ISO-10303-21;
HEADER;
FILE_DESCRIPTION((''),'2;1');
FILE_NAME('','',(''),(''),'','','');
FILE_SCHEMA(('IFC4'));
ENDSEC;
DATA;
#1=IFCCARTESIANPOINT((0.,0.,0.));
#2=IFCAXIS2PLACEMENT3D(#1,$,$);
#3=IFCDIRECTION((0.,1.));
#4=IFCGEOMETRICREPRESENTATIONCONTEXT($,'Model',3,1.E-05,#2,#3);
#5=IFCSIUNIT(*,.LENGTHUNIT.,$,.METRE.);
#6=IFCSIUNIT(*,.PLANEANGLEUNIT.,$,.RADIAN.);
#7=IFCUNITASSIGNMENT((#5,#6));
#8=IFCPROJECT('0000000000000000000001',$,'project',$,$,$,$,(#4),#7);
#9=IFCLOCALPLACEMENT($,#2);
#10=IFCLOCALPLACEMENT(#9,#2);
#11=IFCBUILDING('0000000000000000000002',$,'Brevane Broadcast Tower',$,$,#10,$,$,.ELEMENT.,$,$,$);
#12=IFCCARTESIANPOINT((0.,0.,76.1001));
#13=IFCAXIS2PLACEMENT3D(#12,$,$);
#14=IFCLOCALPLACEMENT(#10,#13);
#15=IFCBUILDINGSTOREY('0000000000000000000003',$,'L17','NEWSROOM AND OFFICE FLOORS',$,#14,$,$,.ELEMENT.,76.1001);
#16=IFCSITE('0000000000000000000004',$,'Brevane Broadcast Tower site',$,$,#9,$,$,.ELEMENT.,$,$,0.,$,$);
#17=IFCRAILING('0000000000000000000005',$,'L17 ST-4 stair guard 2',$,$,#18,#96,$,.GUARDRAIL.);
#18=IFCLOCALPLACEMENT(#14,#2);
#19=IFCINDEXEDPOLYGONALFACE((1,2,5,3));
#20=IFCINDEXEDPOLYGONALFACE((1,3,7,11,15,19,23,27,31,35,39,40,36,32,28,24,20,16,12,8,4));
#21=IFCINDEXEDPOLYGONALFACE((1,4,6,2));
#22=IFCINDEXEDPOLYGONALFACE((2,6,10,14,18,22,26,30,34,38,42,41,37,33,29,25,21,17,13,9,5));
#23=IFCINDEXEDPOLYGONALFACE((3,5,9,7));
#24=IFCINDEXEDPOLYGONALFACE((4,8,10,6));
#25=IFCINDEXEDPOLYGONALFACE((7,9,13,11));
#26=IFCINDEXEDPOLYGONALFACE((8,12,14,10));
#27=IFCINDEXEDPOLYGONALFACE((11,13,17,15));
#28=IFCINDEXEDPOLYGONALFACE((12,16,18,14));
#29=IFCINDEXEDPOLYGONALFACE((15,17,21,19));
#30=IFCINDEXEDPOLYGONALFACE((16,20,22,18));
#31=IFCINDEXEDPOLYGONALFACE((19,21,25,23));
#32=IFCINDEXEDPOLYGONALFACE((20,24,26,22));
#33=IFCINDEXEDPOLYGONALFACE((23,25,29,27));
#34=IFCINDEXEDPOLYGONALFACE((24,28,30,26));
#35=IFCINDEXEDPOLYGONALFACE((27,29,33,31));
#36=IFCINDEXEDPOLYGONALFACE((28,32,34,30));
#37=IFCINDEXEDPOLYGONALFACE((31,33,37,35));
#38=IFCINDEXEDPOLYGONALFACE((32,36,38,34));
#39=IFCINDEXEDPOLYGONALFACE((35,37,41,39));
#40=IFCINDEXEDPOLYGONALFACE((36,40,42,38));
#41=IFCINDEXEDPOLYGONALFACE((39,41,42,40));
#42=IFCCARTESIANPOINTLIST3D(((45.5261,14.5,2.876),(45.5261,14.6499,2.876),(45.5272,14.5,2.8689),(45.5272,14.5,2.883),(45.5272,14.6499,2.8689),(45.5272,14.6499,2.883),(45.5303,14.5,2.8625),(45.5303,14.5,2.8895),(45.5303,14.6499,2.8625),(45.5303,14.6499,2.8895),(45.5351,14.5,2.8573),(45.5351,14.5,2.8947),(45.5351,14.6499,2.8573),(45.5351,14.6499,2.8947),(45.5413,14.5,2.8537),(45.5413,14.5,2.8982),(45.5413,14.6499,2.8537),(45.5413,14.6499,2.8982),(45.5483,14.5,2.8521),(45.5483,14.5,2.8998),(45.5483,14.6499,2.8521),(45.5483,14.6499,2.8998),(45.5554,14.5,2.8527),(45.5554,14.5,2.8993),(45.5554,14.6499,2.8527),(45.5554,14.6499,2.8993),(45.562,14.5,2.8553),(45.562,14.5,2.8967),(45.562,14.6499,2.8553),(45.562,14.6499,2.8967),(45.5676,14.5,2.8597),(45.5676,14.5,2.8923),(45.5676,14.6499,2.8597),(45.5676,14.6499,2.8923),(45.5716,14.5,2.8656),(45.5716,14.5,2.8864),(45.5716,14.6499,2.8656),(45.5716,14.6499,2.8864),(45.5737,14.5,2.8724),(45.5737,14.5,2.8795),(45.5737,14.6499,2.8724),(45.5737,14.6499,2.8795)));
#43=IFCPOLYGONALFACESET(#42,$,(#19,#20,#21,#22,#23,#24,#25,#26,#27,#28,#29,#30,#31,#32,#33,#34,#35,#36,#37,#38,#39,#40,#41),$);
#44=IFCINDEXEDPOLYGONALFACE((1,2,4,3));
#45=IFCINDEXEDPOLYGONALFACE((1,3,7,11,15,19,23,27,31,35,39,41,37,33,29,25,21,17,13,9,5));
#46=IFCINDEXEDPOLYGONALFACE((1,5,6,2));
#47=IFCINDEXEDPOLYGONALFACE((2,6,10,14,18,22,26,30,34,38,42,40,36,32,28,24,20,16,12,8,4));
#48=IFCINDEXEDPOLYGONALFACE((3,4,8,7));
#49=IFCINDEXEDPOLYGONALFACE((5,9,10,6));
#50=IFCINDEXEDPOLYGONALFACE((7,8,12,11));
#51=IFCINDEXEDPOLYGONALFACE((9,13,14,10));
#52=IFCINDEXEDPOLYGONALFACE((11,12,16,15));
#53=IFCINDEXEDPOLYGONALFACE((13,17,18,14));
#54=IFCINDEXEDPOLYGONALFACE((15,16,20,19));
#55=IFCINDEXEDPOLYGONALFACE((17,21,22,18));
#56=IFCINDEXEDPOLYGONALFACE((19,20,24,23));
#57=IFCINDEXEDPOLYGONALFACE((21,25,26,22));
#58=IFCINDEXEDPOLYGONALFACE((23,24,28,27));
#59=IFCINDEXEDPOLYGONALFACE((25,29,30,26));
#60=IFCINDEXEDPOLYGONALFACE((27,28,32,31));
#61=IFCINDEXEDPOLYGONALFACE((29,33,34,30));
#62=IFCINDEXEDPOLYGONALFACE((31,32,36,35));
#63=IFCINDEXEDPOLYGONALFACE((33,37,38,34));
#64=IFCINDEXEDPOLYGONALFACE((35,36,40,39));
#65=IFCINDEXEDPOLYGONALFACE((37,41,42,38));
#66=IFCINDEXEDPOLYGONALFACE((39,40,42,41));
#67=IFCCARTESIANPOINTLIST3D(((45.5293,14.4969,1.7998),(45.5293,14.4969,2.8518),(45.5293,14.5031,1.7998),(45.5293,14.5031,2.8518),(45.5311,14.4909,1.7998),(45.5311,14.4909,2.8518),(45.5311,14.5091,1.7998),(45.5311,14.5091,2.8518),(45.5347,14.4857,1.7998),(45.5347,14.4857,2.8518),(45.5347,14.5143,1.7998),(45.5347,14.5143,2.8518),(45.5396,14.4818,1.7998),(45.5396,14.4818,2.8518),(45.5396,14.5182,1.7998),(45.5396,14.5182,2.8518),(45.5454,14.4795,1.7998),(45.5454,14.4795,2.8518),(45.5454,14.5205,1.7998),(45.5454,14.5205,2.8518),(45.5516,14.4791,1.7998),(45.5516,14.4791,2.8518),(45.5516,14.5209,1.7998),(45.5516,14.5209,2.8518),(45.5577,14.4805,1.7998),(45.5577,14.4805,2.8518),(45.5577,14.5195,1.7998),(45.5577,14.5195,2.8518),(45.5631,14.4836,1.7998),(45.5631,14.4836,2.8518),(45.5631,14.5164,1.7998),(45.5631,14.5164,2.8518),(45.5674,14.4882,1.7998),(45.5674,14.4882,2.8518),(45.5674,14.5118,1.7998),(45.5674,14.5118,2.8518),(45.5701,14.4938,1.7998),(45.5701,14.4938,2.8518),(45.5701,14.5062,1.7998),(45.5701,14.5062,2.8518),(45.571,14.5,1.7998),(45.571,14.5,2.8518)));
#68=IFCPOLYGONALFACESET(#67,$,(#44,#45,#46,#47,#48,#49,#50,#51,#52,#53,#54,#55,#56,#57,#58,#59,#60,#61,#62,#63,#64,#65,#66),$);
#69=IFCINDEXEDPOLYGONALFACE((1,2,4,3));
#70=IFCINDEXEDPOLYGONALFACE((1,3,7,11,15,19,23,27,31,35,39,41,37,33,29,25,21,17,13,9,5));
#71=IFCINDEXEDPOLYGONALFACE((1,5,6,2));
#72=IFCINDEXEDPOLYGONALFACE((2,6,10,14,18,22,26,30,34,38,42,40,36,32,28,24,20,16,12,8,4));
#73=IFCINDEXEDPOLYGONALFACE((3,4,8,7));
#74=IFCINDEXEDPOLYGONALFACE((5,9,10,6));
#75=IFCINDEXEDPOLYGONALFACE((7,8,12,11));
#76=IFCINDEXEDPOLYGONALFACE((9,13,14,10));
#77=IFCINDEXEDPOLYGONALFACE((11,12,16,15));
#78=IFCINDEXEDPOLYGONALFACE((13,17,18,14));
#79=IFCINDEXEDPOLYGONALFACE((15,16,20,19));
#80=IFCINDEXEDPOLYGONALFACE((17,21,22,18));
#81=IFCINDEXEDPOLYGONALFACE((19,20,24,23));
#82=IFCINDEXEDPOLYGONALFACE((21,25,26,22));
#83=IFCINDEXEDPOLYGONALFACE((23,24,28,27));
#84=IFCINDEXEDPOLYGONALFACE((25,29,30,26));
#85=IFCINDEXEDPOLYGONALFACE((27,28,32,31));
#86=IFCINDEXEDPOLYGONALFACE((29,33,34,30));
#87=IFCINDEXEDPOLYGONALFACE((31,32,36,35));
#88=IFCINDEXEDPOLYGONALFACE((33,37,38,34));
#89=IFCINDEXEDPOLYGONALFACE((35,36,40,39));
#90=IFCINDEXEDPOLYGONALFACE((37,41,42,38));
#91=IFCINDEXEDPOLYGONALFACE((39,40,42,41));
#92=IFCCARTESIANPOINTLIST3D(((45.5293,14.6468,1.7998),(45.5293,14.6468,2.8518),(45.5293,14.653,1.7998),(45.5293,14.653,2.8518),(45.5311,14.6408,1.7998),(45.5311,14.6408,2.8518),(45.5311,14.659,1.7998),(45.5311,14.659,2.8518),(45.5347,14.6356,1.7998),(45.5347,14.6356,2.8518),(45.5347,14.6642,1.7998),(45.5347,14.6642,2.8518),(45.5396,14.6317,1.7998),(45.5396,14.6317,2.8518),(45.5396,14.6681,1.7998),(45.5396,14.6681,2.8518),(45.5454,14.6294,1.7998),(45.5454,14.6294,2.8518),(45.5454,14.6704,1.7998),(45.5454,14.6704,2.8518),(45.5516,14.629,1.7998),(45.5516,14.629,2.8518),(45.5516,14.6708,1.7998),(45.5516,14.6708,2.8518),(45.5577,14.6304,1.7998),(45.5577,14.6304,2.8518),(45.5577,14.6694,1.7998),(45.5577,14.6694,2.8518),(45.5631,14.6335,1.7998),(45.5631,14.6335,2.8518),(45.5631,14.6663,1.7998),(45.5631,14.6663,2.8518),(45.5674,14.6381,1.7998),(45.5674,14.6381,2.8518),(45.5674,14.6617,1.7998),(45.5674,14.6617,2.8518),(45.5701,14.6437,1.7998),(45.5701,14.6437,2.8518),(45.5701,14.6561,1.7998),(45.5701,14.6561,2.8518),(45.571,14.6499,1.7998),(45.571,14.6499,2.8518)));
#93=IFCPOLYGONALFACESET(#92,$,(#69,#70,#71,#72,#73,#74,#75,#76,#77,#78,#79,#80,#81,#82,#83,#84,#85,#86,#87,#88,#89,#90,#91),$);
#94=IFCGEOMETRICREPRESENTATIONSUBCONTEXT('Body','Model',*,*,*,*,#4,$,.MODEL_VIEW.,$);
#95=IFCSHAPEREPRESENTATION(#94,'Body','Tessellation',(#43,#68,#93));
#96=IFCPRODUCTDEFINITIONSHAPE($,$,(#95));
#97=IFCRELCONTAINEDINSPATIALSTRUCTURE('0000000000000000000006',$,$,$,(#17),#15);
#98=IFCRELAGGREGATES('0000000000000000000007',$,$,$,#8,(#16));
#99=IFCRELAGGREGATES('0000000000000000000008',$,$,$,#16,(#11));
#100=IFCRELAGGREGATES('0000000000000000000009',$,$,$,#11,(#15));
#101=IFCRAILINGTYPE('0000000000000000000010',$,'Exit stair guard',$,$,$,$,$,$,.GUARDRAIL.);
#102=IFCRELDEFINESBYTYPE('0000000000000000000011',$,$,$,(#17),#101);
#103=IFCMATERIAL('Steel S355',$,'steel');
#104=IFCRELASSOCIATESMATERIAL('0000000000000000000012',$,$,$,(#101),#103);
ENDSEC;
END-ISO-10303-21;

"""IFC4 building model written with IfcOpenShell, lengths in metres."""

from ifc_helpers import new_model, si_unit, direction, frame, origin, origin_2d, place, context, subcontext, project, spatial, circle, extrude, material, type_object, element, save


model = new_model("IFC4")

# Units and contexts
model_context = context("Model", 3, precision=1e-05, world=origin(), true_north=direction((0.0, 1.0)))
body_context = subcontext(model_context, "Body", "Model", "MODEL_VIEW")
ifc_project = project(units=[si_unit("LENGTHUNIT", "METRE"), si_unit("PLANEANGLEUNIT", "RADIAN")], contexts=[model_context])

# Site, building, storey
site_placement = place(None, origin())
site = spatial("IfcSite", under=ifc_project, at=site_placement, Name="Brevane Broadcast Tower site", CompositionType="ELEMENT", RefElevation=0.0)
building_placement = place(site_placement, origin())
building = spatial("IfcBuilding", under=site, at=building_placement, Name="Brevane Broadcast Tower", CompositionType="ELEMENT")
storey_placement = place(building_placement, frame((0.0, 0.0, 76.1001)))
storey = spatial("IfcBuildingStorey", under=building, at=storey_placement, Name="L17", Description="NEWSROOM AND OFFICE FLOORS", CompositionType="ELEMENT", Elevation=76.1001)

# Railing
ifc_material_1 = material(Name="Steel S355", Category="steel")
railing_type_1 = type_object("IfcRailingType", Name="Exit stair guard", PredefinedType="GUARDRAIL", material=ifc_material_1)
railing_1_placement = place(storey_placement, frame((45.55, 14.5, 1.7998)))
element("IfcRailing", 1, at=railing_1_placement, inside=storey, type_object=railing_type_1, Name="L17 ST-4 stair guard 2", PredefinedType="GUARDRAIL", context=body_context, shape_type="SweptSolid", body=[
    extrude(circle(Radius=0.0239, at=origin_2d()), frame((0.0, 0.0, 1.0762), z_axis=(0.0, 1.0, 0.0), x_axis=(-1.0, 0.0, 0.0)), (0.0, 0.0, 1.0), 0.1499),
    extrude(circle(Radius=0.021, at=origin_2d()), origin(), (0.0, 0.0, 1.0), 1.052),
    extrude(circle(Radius=0.021, at=origin_2d()), frame((0.0, 0.1499, 0.0)), (0.0, 0.0, 1.0), 1.052),
])

save(model, "model.ifc")
